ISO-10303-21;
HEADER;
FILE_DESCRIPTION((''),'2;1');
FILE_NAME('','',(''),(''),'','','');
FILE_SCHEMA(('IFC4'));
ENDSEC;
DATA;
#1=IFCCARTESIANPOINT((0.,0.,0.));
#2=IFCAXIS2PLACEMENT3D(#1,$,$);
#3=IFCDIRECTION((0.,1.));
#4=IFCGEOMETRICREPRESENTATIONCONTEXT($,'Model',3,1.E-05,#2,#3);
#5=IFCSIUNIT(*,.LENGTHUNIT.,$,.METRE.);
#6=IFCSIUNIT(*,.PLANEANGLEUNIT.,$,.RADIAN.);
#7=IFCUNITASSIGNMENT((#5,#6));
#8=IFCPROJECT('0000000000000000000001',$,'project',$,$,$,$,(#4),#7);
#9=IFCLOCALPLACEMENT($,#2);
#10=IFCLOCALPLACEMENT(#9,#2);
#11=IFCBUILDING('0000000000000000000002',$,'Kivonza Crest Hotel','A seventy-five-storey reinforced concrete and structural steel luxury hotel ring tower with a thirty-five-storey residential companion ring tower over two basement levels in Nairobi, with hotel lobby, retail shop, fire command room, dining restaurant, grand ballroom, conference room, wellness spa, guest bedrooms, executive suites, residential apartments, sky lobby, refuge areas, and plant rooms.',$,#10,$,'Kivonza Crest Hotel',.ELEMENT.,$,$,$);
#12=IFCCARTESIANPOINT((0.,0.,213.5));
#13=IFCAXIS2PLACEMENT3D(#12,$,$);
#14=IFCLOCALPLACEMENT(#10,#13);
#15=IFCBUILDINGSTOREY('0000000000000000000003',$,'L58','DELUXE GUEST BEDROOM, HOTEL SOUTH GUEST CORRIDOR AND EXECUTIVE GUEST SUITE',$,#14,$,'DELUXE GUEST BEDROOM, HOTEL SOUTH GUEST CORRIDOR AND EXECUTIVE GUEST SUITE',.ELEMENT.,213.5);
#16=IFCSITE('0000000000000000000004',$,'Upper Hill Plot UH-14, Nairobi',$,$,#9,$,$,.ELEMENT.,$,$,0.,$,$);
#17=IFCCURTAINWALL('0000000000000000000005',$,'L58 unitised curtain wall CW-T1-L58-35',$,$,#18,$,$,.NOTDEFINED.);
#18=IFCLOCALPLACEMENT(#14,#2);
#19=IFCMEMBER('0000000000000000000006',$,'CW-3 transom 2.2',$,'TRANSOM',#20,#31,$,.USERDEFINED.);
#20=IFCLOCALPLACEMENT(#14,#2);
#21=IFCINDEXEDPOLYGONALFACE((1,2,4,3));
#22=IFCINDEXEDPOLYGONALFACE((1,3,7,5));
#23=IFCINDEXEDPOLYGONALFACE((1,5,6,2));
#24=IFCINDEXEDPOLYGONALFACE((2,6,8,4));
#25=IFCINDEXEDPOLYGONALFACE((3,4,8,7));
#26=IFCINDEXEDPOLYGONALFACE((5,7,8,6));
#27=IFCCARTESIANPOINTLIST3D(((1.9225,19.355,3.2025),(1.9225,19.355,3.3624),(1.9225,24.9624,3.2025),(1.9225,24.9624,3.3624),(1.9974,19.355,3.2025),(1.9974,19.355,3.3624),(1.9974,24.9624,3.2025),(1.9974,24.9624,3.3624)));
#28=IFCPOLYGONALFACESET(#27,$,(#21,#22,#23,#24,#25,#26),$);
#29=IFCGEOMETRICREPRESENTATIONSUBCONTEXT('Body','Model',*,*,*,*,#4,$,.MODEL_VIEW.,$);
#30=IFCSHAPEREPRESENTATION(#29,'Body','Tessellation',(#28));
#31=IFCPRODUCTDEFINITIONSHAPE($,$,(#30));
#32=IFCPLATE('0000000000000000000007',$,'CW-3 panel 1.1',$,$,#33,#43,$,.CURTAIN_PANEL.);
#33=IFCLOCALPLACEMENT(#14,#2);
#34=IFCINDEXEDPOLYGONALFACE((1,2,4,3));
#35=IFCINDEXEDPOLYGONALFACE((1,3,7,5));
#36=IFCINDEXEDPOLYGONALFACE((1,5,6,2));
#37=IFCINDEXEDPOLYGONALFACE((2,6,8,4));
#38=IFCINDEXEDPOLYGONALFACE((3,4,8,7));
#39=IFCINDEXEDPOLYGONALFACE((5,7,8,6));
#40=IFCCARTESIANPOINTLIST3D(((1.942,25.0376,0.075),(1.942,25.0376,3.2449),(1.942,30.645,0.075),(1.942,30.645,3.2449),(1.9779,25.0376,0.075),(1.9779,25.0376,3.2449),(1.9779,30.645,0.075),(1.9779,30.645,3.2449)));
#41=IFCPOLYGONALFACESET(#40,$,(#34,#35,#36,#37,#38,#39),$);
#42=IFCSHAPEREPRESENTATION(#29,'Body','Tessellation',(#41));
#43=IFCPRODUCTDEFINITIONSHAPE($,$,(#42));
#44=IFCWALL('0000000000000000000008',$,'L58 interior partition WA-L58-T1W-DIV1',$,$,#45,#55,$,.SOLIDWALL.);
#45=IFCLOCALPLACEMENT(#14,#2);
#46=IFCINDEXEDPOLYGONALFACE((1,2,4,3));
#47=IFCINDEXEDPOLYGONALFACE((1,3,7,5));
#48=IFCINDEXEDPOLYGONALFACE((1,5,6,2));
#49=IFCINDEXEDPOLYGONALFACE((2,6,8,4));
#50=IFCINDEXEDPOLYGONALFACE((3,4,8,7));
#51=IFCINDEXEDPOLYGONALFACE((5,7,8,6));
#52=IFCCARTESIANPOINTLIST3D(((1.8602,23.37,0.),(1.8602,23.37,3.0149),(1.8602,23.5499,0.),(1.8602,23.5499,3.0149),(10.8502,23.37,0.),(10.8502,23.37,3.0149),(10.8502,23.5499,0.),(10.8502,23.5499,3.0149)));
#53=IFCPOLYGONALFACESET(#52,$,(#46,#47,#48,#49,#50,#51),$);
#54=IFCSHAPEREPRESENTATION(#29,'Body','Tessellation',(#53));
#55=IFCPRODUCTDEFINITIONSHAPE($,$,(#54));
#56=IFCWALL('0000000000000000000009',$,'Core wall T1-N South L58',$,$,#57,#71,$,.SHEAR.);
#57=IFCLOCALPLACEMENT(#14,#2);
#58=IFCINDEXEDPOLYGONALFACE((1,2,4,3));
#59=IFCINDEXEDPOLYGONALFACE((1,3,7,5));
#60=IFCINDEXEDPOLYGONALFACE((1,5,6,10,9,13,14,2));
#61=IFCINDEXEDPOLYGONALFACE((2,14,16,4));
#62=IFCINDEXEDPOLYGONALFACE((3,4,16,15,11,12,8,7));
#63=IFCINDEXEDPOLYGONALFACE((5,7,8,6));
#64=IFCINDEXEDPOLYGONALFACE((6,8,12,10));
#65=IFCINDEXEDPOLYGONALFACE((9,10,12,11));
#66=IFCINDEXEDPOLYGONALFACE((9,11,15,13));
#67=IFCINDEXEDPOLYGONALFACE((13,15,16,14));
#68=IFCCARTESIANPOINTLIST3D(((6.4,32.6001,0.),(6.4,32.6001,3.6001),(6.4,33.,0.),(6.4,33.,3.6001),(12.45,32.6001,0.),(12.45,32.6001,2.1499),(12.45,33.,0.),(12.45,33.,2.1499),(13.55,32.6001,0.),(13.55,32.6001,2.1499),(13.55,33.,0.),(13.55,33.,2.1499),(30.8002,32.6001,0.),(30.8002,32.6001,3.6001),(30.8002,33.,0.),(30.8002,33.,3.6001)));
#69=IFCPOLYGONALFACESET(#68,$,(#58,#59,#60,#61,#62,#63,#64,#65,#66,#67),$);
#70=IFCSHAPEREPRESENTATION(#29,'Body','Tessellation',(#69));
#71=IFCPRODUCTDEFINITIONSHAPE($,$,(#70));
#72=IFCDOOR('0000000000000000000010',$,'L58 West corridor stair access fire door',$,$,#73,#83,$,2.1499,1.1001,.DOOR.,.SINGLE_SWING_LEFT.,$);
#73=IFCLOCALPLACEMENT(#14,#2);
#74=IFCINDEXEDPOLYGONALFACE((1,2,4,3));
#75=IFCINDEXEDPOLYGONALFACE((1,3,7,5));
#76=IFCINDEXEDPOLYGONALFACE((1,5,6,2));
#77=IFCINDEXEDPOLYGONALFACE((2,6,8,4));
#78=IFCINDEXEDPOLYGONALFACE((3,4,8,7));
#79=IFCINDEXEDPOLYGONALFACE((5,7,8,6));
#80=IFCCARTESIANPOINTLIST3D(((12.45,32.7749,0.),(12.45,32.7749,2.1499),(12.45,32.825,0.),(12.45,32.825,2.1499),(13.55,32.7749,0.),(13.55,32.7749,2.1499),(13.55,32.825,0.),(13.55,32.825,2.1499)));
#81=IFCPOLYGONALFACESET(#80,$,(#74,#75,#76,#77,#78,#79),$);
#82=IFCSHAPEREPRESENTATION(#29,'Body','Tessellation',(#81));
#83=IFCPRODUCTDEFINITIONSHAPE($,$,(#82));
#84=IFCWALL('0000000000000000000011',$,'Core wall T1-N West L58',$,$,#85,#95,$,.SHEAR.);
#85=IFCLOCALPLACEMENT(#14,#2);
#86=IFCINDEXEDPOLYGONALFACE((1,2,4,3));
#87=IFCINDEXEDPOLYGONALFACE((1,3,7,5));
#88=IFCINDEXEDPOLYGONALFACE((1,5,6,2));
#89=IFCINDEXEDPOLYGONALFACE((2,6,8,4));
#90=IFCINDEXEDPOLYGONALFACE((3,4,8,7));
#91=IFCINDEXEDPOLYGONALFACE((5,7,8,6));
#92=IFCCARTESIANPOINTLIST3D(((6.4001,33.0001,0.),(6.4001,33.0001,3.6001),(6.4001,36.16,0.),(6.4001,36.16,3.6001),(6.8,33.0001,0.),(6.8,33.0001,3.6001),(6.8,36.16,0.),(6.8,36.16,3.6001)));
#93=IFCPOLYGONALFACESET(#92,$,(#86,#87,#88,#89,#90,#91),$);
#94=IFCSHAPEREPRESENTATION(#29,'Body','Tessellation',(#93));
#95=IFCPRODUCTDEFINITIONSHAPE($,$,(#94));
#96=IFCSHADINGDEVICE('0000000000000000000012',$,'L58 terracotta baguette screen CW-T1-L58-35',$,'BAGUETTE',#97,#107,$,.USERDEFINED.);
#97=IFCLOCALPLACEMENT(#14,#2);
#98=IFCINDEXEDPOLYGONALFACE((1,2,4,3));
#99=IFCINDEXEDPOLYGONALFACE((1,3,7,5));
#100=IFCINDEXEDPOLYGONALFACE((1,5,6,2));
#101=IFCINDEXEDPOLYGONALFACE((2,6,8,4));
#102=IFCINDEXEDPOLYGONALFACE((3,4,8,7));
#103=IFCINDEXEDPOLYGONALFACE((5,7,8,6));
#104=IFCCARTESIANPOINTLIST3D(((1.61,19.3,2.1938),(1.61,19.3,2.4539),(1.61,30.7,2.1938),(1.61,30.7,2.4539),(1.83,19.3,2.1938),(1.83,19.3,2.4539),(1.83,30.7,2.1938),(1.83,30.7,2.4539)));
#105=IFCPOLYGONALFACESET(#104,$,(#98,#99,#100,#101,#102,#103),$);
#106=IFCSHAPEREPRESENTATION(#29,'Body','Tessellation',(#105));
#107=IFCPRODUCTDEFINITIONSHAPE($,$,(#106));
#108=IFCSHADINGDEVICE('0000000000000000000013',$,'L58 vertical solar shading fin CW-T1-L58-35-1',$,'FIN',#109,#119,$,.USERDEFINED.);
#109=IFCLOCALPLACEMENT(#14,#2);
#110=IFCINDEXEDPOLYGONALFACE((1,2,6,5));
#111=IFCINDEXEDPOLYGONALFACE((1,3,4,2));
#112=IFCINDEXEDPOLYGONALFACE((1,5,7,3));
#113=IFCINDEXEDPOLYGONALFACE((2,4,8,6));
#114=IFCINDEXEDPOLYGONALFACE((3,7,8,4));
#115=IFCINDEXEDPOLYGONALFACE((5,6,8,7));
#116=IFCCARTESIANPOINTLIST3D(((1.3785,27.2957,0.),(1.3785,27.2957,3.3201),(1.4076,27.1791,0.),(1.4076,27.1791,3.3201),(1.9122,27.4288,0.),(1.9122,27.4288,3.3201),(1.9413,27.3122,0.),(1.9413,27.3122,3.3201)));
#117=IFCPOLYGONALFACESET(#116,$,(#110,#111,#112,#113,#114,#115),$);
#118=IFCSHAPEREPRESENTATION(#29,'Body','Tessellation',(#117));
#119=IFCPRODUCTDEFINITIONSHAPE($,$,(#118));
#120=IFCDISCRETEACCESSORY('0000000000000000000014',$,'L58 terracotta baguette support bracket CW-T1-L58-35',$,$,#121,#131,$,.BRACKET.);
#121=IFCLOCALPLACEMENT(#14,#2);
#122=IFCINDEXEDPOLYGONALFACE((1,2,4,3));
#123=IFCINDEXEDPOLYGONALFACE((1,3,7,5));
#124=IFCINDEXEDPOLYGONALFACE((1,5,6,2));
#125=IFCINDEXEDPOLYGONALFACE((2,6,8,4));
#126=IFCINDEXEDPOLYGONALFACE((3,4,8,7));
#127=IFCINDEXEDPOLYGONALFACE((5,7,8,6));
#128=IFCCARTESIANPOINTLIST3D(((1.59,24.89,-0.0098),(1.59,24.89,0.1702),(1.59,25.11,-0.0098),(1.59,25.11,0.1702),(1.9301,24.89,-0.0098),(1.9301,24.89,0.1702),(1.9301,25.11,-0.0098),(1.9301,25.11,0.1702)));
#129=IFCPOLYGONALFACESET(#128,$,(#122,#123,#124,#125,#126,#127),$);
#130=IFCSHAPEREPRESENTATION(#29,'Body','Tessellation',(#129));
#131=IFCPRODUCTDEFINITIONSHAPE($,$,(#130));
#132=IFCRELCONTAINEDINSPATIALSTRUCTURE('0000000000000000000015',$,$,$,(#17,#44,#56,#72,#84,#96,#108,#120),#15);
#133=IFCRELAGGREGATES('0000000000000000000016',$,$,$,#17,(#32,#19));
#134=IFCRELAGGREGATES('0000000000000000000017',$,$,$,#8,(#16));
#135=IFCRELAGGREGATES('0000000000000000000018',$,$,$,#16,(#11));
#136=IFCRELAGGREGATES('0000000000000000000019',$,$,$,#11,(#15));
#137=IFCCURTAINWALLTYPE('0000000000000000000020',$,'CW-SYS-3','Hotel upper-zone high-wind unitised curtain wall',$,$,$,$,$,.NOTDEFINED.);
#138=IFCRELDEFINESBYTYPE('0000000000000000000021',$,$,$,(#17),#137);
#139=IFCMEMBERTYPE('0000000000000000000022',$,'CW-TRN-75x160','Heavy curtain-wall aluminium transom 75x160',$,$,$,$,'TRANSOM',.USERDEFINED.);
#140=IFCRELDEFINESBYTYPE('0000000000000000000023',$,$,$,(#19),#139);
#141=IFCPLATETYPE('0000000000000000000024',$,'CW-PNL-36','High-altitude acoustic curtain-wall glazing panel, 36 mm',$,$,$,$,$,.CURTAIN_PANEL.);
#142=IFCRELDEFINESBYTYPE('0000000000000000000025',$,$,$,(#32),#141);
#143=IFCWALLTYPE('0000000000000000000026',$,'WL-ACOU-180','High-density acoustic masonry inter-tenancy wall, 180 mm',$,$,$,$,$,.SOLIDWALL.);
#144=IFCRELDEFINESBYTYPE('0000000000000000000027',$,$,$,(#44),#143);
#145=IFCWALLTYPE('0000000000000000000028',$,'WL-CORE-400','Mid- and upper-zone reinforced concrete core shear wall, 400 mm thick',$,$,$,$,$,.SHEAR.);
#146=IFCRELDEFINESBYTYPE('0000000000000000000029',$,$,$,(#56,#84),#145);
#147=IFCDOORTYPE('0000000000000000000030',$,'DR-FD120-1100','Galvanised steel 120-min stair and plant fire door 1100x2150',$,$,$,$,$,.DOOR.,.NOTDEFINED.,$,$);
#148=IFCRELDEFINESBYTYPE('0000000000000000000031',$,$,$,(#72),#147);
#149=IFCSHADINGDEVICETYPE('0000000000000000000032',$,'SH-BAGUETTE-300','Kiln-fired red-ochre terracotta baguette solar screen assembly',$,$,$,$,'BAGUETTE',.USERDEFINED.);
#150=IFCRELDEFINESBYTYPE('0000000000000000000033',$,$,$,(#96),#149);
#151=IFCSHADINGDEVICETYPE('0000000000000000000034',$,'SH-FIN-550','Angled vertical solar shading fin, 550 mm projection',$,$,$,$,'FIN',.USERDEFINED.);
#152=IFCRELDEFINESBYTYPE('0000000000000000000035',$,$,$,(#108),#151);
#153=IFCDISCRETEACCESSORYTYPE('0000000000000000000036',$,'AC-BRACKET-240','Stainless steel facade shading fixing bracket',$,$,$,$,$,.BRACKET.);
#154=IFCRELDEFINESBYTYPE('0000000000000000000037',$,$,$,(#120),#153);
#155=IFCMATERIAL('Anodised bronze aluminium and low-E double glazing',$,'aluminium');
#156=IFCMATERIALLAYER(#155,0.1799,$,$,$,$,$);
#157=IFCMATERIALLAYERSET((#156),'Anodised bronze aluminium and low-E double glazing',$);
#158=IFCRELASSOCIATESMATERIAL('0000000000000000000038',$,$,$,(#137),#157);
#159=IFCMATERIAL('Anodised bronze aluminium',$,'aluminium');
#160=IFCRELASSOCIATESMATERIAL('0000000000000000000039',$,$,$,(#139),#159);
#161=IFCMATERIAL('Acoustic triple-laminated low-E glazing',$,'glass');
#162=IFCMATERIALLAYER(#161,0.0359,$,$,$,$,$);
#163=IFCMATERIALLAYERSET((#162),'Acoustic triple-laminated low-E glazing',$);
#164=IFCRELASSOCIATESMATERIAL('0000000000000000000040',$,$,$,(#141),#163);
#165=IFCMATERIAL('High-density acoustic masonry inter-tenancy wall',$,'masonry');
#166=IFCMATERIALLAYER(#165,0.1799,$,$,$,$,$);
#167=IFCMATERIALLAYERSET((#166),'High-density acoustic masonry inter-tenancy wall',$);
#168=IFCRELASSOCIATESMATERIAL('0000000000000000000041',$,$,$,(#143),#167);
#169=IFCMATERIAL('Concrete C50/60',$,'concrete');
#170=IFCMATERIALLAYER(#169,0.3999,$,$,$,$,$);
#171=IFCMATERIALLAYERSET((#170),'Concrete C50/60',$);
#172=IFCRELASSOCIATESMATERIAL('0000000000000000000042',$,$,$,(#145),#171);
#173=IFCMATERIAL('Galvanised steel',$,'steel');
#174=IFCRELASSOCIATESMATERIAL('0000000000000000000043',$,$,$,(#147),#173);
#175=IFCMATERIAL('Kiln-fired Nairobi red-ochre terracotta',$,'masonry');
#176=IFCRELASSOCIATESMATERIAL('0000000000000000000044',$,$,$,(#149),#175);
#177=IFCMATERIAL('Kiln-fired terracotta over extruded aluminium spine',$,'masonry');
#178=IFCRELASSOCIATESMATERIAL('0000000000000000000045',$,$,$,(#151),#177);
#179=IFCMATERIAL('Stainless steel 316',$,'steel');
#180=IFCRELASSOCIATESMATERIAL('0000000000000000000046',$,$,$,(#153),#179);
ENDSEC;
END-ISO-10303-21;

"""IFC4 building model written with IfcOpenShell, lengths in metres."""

from ifc_helpers import new_model, si_unit, direction, frame, frame_2d, origin, origin_2d, place, context, subcontext, project, spatial, rectangle, extrude, material, layer, layer_set, material_profile, profile_set, type_object, element, fill, aggregate, save


model = new_model("IFC4")

# Units and contexts
model_context = context("Model", 3, precision=1e-05, world=origin(), true_north=direction((0.0, 1.0)))
body_context = subcontext(model_context, "Body", "Model", "MODEL_VIEW")
ifc_project = project(units=[si_unit("LENGTHUNIT", "METRE"), si_unit("PLANEANGLEUNIT", "RADIAN")], contexts=[model_context])

# Site, building, storey
site_placement = place(None, origin())
site = spatial("IfcSite", under=ifc_project, at=site_placement, Name="Upper Hill Plot UH-14, Nairobi", CompositionType="ELEMENT", RefElevation=0.0)
building_placement = place(site_placement, origin())
building = spatial("IfcBuilding", under=site, at=building_placement, Name="Kivonza Crest Hotel", Description="A seventy-five-storey reinforced concrete and structural steel luxury hotel ring tower with a thirty-five-storey residential companion ring tower over two basement levels in Nairobi, with hotel lobby, retail shop, fire command room, dining restaurant, grand ballroom, conference room, wellness spa, guest bedrooms, executive suites, residential apartments, sky lobby, refuge areas, and plant rooms.", LongName="Kivonza Crest Hotel", CompositionType="ELEMENT")
storey_placement = place(building_placement, frame((0.0, 0.0, 213.5)))
storey = spatial("IfcBuildingStorey", under=building, at=storey_placement, Name="L58", Description="DELUXE GUEST BEDROOM, HOTEL SOUTH GUEST CORRIDOR AND EXECUTIVE GUEST SUITE", LongName="DELUXE GUEST BEDROOM, HOTEL SOUTH GUEST CORRIDOR AND EXECUTIVE GUEST SUITE", CompositionType="ELEMENT", Elevation=213.5)

# Shared definitions
ifc_material_1 = material(Name="Concrete C50/60", Category="concrete")

# Curtain wall, member, plate
ifc_material_2 = material(Name="Anodised bronze aluminium and low-E double glazing", Category="aluminium")
ifc_layer_1 = layer(ifc_material_2, 0.1799)
ifc_layer_set_1 = layer_set([ifc_layer_1], Name="Anodised bronze aluminium and low-E double glazing")
curtain_wall_type = type_object("IfcCurtainWallType", Name="CW-SYS-3", Description="Hotel upper-zone high-wind unitised curtain wall", PredefinedType="NOTDEFINED", material=ifc_layer_set_1)
curtain_wall_placement = place(storey_placement, origin())
curtain_wall = element("IfcCurtainWall", 1, at=curtain_wall_placement, inside=storey, type_object=curtain_wall_type, Name="L58 unitised curtain wall CW-T1-L58-35", PredefinedType="NOTDEFINED")
ifc_material_3 = material(Name="Anodised bronze aluminium", Category="aluminium")
ifc_material_profile_1 = material_profile(ifc_material_3, rectangle(XDim=0.075, YDim=0.1599, at=origin_2d()), Name="CW-T 75x160")
ifc_profile_set_1 = profile_set([ifc_material_profile_1], Name="Anodised bronze aluminium")
member_type_1 = type_object("IfcMemberType", Name="CW-TRN-75x160", Description="Heavy curtain-wall aluminium transom 75x160", ElementType="TRANSOM", PredefinedType="USERDEFINED", material=ifc_profile_set_1)
member_1_placement = place(storey_placement, frame((1.96, 24.9624, 3.2825), z_axis=(0.0, -1.0, 0.0), x_axis=(1.0, 0.0, 0.0)))
member_1 = element("IfcMember", 2, at=member_1_placement, type_object=member_type_1, Name="CW-3 transom 2.2", ObjectType="TRANSOM", PredefinedType="USERDEFINED", context=body_context, shape_type="SweptSolid", body=[
    extrude(rectangle(XDim=0.075, YDim=0.1599, at=origin_2d()), origin(), (0.0, 0.0, 1.0), 5.6074),
])
ifc_material_4 = material(Name="Acoustic triple-laminated low-E glazing", Category="glass")
ifc_layer_2 = layer(ifc_material_4, 0.0359)
ifc_layer_set_2 = layer_set([ifc_layer_2], Name="Acoustic triple-laminated low-E glazing")
plate_type = type_object("IfcPlateType", Name="CW-PNL-36", Description="High-altitude acoustic curtain-wall glazing panel, 36 mm", PredefinedType="CURTAIN_PANEL", material=ifc_layer_set_2)
plate_placement = place(storey_placement, frame((1.96, 27.8413, 0.075), z_axis=(0.0, 0.0, 1.0), x_axis=(0.0, -1.0, 0.0)))
plate = element("IfcPlate", 3, at=plate_placement, type_object=plate_type, Name="CW-3 panel 1.1", PredefinedType="CURTAIN_PANEL", context=body_context, shape_type="SweptSolid", body=[
    extrude(rectangle(XDim=5.6074, YDim=0.0359, at=origin_2d()), origin(), (0.0, 0.0, 1.0), 3.1699),
])
aggregate(curtain_wall, [plate, member_1])

# Wall
ifc_material_5 = material(Name="High-density acoustic masonry inter-tenancy wall", Category="masonry")
ifc_layer_3 = layer(ifc_material_5, 0.1799)
ifc_layer_set_3 = layer_set([ifc_layer_3], Name="High-density acoustic masonry inter-tenancy wall")
wall_type_1 = type_object("IfcWallType", Name="WL-ACOU-180", Description="High-density acoustic masonry inter-tenancy wall, 180 mm", PredefinedType="SOLIDWALL", material=ifc_layer_set_3)
wall_1_placement = place(storey_placement, frame((1.8601, 23.46, 0.0), z_axis=(0.0, 0.0, 1.0), x_axis=(1.0, 0.0, 0.0)))
element("IfcWall", 4, at=wall_1_placement, inside=storey, type_object=wall_type_1, Name="L58 interior partition WA-L58-T1W-DIV1", PredefinedType="SOLIDWALL", context=body_context, shape_type="SweptSolid", body=[
    extrude(rectangle(XDim=8.99, YDim=0.1799, at=frame_2d((4.4951, 0.0))), origin(), (0.0, 0.0, 1.0), 3.0149),
])

# Wall, opening, door
ifc_layer_4 = layer(ifc_material_1, 0.3999)
ifc_layer_set_4 = layer_set([ifc_layer_4], Name="Concrete C50/60")
wall_type_2 = type_object("IfcWallType", Name="WL-CORE-400", Description="Mid- and upper-zone reinforced concrete core shear wall, 400 mm thick", PredefinedType="SHEAR", material=ifc_layer_set_4)
wall_2_placement = place(storey_placement, frame((6.3999, 32.8, 0.0), z_axis=(0.0, 0.0, 1.0), x_axis=(1.0, 0.0, 0.0)))
wall_2 = element("IfcWall", 5, at=wall_2_placement, inside=storey, type_object=wall_type_2, Name="Core wall T1-N South L58", PredefinedType="SHEAR", context=body_context, shape_type="SweptSolid", body=[
    extrude(rectangle(XDim=24.4001, YDim=0.3999, at=frame_2d((12.2002, 0.0))), origin(), (0.0, 0.0, 1.0), 3.6001),
])
opening_placement = place(wall_2_placement, frame((6.05, 0.0, 0.0)))
opening = element("IfcOpeningElement", 6, at=opening_placement, cuts=wall_2, PredefinedType="OPENING", context=body_context, shape_type="SweptSolid", body=[
    extrude(rectangle(XDim=1.1001, YDim=2.1499, at=frame_2d((0.55, 1.075))), frame((0.0, 0.21, 0.0), z_axis=(0.0, -1.0, 0.0), x_axis=(1.0, 0.0, 0.0)), (0.0, 0.0, 1.0), 0.4199),
])
ifc_material_6 = material(Name="Galvanised steel", Category="steel")
door_type = type_object("IfcDoorType", Name="DR-FD120-1100", Description="Galvanised steel 120-min stair and plant fire door 1100x2150", OperationType="NOTDEFINED", PredefinedType="DOOR", material=ifc_material_6)
door_placement = place(opening_placement, origin())
door = element("IfcDoor", 7, at=door_placement, inside=storey, type_object=door_type, Name="L58 West corridor stair access fire door", OperationType="SINGLE_SWING_LEFT", OverallHeight=2.1499, OverallWidth=1.1001, PredefinedType="DOOR", context=body_context, shape_type="SweptSolid", body=[
    extrude(rectangle(XDim=1.1001, YDim=2.1499, at=frame_2d((0.55, 1.075))), frame((0.0, 0.0249, 0.0), z_axis=(0.0, -1.0, 0.0), x_axis=(1.0, 0.0, 0.0)), (0.0, 0.0, 1.0), 0.05),
])
fill(opening, door)

# Wall
wall_3_placement = place(storey_placement, frame((6.6001, 33.0, 0.0), z_axis=(0.0, 0.0, 1.0), x_axis=(0.0, 1.0, 0.0)))
element("IfcWall", 8, at=wall_3_placement, inside=storey, type_object=wall_type_2, Name="Core wall T1-N West L58", PredefinedType="SHEAR", context=body_context, shape_type="SweptSolid", body=[
    extrude(rectangle(XDim=3.1599, YDim=0.3999, at=frame_2d((1.5801, 0.0))), origin(), (0.0, 0.0, 1.0), 3.6001),
])

# Shading devices
ifc_material_7 = material(Name="Kiln-fired Nairobi red-ochre terracotta", Category="masonry")
shading_device_type_1 = type_object("IfcShadingDeviceType", Name="SH-BAGUETTE-300", Description="Kiln-fired red-ochre terracotta baguette solar screen assembly", ElementType="BAGUETTE", PredefinedType="USERDEFINED", material=ifc_material_7)
shading_device_1_placement = place(storey_placement, frame((1.72, 25.0, 2.1938), z_axis=(0.0, 0.0, 1.0), x_axis=(0.0, -1.0, 0.0)))
element("IfcShadingDevice", 9, at=shading_device_1_placement, inside=storey, type_object=shading_device_type_1, Name="L58 terracotta baguette screen CW-T1-L58-35", ObjectType="BAGUETTE", PredefinedType="USERDEFINED", context=body_context, shape_type="SweptSolid", body=[
    extrude(rectangle(XDim=11.3999, YDim=0.22, at=origin_2d()), origin(), (0.0, 0.0, 1.0), 0.26),
])
ifc_material_8 = material(Name="Kiln-fired terracotta over extruded aluminium spine", Category="masonry")
shading_device_type_2 = type_object("IfcShadingDeviceType", Name="SH-FIN-550", Description="Angled vertical solar shading fin, 550 mm projection", ElementType="FIN", PredefinedType="USERDEFINED", material=ifc_material_8)
shading_device_2_placement = place(storey_placement, frame((1.6599, 27.304, 0.0), z_axis=(0.0, 0.0, 1.0), x_axis=(0.241922, -0.970296, 0.0)))
element("IfcShadingDevice", 10, at=shading_device_2_placement, inside=storey, type_object=shading_device_type_2, Name="L58 vertical solar shading fin CW-T1-L58-35-1", ObjectType="FIN", PredefinedType="USERDEFINED", context=body_context, shape_type="SweptSolid", body=[
    extrude(rectangle(XDim=0.1201, YDim=0.55, at=origin_2d()), origin(), (0.0, 0.0, 1.0), 3.3201),
])

# Discrete accessory
ifc_material_9 = material(Name="Stainless steel 316", Category="steel")
discrete_accessory_type = type_object("IfcDiscreteAccessoryType", Name="AC-BRACKET-240", Description="Stainless steel facade shading fixing bracket", PredefinedType="BRACKET", material=ifc_material_9)
discrete_accessory_placement = place(storey_placement, frame((1.76, 25.0, -0.0098), z_axis=(0.0, 0.0, 1.0), x_axis=(0.0, -1.0, 0.0)))
element("IfcDiscreteAccessory", 11, at=discrete_accessory_placement, inside=storey, type_object=discrete_accessory_type, Name="L58 terracotta baguette support bracket CW-T1-L58-35", PredefinedType="BRACKET", context=body_context, shape_type="SweptSolid", body=[
    extrude(rectangle(XDim=0.22, YDim=0.3401, at=origin_2d()), origin(), (0.0, 0.0, 1.0), 0.1799),
])

save(model, "model.ifc")
